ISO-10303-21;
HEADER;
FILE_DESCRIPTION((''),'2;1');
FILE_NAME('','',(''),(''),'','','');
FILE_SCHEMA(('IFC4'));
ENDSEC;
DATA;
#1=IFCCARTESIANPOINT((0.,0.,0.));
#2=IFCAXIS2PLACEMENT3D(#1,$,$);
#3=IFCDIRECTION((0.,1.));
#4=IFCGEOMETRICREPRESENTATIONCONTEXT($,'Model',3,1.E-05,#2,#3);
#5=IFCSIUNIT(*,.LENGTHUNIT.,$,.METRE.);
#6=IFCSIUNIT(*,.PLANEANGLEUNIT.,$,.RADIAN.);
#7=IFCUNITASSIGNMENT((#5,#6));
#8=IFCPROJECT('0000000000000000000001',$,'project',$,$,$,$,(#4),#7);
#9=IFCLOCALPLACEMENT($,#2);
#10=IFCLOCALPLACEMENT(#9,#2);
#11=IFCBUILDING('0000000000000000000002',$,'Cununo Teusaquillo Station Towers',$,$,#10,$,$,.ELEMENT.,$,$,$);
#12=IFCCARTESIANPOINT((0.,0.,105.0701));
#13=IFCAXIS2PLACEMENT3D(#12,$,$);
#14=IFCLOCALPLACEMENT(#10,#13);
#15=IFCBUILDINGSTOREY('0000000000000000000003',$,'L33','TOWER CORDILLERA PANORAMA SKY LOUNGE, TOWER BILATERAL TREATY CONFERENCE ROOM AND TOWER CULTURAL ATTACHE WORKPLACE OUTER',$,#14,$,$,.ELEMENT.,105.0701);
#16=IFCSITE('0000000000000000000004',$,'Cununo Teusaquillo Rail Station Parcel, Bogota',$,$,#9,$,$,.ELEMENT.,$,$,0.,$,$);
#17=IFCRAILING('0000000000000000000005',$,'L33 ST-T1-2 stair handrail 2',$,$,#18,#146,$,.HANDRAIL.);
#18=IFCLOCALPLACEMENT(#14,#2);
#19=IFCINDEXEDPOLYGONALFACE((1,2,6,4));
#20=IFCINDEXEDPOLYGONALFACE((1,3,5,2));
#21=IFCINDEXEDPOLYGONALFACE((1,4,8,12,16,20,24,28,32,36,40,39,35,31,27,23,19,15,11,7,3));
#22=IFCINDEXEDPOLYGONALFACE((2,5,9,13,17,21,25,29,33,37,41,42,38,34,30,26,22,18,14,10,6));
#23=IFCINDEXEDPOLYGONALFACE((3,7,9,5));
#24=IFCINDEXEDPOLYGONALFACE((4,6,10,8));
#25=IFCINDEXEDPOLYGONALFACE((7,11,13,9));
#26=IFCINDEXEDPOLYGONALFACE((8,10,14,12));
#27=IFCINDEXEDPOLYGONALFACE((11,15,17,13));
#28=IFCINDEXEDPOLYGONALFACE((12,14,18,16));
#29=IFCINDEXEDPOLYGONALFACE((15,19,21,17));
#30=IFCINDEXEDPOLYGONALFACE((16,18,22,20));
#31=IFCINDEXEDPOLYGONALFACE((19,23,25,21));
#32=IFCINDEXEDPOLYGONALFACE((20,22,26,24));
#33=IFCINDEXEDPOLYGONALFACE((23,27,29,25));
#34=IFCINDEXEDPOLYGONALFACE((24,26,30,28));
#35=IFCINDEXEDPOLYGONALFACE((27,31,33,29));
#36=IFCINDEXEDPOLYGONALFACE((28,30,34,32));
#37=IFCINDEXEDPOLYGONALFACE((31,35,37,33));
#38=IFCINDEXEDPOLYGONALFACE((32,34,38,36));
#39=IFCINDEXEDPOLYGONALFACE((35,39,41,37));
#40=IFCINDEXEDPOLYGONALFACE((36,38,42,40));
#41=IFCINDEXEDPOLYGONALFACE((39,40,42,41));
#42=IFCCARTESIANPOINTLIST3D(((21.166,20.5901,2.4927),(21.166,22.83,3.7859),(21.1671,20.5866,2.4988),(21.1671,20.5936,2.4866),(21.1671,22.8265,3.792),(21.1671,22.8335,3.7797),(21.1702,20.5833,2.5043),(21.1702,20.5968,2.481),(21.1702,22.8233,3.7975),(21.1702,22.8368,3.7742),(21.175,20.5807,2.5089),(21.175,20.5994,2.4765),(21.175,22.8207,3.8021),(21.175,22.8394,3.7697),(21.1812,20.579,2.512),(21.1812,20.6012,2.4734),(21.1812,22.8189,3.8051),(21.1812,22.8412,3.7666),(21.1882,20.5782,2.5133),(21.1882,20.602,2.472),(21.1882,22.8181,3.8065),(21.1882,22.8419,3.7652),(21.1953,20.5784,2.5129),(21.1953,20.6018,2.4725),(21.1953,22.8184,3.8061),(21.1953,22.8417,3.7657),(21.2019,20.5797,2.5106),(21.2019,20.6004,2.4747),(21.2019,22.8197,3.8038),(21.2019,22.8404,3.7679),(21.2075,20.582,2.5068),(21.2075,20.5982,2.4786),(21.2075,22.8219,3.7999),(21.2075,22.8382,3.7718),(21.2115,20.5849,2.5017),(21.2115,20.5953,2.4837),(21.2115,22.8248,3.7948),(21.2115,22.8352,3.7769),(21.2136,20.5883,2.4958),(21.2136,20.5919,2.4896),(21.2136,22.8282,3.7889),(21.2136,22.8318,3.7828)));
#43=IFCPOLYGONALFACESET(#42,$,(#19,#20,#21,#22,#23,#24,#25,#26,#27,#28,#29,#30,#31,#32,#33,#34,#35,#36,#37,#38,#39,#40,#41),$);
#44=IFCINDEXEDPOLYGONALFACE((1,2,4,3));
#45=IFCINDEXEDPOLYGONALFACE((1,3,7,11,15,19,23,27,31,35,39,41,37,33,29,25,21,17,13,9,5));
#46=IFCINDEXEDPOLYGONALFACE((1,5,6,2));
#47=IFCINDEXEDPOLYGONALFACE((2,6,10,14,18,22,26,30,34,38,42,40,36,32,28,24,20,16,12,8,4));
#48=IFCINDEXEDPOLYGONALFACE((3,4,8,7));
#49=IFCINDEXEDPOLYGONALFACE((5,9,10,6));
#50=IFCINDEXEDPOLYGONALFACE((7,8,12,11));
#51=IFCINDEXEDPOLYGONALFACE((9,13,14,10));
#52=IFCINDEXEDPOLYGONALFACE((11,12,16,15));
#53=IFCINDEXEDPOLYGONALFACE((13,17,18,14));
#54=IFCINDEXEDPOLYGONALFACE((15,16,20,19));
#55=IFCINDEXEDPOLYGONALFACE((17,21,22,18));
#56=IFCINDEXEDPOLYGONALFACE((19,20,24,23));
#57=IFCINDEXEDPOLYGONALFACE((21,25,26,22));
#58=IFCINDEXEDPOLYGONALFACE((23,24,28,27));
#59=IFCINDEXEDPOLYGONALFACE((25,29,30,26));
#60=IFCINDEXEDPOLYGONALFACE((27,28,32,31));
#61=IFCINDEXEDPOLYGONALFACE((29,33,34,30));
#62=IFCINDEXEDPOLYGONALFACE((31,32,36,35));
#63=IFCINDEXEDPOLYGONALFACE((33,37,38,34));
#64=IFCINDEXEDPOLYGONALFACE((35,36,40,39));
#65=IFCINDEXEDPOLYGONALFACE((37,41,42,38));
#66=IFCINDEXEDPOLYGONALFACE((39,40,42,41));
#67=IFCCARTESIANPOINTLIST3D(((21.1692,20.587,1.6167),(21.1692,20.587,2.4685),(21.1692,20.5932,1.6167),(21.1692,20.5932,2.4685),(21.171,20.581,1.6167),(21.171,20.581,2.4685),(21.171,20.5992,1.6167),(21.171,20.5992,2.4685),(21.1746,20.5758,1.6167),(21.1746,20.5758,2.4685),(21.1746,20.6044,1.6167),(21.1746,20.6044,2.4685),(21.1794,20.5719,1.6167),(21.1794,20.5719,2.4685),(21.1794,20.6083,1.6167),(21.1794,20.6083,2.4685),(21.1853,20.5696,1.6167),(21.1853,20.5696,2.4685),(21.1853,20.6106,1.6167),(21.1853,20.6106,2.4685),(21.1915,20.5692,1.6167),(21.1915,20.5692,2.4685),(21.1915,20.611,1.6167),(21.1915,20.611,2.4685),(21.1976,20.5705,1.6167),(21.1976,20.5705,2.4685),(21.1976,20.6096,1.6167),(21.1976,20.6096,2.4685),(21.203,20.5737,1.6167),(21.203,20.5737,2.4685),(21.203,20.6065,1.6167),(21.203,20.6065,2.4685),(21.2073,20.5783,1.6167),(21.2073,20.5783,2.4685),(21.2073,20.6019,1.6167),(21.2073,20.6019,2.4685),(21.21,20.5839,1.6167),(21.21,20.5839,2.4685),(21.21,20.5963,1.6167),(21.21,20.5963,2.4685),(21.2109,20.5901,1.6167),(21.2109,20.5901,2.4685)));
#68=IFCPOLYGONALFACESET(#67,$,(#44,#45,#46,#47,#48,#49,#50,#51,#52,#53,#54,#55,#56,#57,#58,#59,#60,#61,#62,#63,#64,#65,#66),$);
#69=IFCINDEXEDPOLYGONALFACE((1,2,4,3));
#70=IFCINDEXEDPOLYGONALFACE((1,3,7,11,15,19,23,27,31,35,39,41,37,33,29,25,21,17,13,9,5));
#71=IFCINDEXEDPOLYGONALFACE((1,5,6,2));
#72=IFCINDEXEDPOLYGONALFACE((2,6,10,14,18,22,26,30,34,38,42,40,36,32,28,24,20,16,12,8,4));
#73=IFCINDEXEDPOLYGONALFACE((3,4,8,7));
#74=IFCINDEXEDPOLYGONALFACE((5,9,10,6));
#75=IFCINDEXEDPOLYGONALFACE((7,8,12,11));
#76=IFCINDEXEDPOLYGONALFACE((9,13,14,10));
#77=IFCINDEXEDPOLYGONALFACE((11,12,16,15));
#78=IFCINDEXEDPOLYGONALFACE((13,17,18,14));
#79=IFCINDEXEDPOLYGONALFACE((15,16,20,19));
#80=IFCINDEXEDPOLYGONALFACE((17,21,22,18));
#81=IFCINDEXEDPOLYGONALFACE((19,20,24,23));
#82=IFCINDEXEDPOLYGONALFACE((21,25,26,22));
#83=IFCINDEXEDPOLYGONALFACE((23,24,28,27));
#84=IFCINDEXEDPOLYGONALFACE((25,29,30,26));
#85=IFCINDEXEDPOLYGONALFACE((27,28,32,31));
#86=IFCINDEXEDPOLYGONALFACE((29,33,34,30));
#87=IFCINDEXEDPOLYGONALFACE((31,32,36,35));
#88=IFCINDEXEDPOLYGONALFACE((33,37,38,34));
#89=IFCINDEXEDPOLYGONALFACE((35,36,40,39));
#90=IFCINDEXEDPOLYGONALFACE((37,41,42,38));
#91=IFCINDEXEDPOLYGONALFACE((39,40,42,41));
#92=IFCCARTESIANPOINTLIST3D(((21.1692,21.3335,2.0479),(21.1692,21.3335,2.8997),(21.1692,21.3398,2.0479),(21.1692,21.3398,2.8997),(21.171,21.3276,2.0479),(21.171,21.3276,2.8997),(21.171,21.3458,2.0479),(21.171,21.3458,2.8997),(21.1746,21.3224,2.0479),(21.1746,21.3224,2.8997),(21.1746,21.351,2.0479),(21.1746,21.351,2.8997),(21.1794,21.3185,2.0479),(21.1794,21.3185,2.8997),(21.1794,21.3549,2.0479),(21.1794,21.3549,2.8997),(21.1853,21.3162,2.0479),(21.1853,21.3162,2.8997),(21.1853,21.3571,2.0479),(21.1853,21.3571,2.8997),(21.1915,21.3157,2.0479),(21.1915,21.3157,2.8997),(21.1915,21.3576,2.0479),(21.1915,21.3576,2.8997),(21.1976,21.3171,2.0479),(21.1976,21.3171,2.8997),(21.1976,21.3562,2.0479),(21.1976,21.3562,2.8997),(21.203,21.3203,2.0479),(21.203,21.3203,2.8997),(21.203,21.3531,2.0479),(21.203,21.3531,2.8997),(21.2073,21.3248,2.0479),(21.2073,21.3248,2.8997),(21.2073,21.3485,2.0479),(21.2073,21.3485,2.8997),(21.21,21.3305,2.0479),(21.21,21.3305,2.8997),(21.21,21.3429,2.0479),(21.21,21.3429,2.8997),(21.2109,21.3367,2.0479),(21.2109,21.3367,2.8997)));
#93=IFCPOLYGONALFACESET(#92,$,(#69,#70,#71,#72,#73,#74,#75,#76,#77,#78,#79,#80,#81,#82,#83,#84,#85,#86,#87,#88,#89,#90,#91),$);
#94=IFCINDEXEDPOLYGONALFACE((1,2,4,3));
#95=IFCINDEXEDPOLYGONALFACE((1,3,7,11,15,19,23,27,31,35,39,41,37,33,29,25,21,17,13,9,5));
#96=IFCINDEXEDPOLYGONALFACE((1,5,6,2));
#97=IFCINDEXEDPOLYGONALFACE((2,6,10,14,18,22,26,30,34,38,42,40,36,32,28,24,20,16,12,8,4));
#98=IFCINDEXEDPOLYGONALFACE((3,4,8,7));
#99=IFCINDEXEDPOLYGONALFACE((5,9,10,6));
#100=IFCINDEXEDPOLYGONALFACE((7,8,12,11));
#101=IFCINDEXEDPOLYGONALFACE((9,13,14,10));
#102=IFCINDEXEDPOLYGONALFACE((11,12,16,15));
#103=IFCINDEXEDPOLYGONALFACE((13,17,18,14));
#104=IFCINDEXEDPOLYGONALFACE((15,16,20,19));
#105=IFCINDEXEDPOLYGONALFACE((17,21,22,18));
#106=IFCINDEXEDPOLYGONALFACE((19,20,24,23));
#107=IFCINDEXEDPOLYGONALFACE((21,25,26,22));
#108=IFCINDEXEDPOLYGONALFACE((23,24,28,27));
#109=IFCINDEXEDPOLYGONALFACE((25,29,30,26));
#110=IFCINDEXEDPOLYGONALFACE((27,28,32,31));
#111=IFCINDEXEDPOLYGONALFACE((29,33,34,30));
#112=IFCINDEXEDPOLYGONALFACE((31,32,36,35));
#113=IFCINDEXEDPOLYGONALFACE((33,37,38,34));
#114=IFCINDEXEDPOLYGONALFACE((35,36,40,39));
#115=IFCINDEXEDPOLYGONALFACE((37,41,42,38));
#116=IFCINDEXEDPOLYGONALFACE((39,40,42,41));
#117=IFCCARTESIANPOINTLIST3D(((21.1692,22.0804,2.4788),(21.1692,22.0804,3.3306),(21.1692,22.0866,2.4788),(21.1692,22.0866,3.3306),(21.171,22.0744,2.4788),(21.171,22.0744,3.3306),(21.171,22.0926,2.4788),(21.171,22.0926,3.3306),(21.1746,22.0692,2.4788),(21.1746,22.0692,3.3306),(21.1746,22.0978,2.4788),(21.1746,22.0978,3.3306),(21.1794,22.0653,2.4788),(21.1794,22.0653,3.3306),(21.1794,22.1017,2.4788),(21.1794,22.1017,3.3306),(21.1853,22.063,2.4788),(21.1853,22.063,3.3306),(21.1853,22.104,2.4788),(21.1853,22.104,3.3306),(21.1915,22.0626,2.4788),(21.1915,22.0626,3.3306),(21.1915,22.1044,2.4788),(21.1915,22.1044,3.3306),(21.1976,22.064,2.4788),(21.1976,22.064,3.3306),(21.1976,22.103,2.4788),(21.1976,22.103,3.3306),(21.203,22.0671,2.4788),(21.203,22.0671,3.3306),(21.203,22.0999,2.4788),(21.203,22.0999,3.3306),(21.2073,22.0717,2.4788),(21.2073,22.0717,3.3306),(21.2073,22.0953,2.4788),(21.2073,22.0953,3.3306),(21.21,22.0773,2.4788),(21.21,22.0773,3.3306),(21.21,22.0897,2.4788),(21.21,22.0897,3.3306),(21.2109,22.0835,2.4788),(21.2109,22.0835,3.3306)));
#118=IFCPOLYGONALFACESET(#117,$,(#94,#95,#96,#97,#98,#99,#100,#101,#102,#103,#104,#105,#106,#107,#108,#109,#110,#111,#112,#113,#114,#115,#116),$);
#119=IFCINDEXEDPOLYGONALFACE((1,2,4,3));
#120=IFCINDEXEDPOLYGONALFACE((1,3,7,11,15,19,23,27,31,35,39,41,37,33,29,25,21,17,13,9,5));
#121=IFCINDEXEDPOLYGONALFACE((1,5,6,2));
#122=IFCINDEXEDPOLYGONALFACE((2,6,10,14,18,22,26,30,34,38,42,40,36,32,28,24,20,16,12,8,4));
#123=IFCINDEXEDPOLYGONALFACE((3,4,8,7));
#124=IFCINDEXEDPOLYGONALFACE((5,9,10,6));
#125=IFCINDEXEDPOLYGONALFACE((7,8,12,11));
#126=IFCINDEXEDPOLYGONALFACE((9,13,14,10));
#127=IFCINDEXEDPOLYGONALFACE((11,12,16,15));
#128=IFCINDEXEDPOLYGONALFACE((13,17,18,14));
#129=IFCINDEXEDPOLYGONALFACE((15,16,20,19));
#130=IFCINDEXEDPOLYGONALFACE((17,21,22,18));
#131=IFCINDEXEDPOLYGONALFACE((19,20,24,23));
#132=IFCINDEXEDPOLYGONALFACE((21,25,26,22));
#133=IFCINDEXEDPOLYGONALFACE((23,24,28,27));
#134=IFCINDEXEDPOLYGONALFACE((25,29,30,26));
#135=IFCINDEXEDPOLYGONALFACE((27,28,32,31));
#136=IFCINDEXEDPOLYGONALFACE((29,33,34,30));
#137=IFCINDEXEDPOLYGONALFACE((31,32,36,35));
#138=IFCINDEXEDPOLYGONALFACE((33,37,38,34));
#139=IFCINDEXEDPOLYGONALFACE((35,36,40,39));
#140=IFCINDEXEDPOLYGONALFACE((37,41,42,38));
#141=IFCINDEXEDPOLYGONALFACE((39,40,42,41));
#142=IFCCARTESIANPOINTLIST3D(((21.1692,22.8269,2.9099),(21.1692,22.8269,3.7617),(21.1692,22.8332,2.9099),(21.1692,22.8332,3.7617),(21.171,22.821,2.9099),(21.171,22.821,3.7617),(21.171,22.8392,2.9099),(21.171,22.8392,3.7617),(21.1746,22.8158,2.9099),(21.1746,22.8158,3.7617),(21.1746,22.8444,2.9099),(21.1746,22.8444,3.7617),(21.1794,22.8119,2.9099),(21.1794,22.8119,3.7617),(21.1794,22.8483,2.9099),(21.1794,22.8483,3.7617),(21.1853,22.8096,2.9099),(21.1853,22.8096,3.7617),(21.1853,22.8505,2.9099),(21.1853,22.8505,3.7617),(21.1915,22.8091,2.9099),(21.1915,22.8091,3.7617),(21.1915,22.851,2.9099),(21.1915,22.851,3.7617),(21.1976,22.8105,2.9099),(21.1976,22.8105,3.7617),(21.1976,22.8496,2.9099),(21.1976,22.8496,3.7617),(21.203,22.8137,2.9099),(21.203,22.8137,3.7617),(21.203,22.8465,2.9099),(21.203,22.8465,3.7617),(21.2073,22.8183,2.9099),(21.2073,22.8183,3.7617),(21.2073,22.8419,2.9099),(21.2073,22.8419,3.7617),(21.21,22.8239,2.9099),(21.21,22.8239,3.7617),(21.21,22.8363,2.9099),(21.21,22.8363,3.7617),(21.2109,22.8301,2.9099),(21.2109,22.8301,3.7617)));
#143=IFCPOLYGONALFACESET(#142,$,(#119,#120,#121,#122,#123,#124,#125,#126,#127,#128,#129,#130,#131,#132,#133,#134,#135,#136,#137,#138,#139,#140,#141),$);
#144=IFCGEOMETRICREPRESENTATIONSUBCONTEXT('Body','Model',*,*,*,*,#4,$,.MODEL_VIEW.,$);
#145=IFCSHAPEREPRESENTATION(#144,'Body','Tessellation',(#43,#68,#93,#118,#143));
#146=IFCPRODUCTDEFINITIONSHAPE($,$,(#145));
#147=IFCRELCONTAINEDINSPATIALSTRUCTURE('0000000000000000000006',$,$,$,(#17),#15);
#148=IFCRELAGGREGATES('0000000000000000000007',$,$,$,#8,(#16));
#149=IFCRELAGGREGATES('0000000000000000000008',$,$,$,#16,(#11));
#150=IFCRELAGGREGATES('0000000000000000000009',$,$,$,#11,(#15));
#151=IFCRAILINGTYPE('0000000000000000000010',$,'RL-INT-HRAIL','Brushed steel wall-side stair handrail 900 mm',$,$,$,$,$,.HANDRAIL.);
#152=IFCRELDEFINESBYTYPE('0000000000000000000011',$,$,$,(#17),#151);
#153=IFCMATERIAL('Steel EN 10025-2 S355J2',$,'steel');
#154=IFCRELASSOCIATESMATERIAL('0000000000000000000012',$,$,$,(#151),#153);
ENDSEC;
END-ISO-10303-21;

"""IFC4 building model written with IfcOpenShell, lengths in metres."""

from ifc_helpers import new_model, si_unit, direction, frame, origin, origin_2d, place, context, subcontext, project, spatial, circle, extrude, material, type_object, element, save


model = new_model("IFC4")

# Units and contexts
model_context = context("Model", 3, precision=1e-05, world=origin(), true_north=direction((0.0, 1.0)))
body_context = subcontext(model_context, "Body", "Model", "MODEL_VIEW")
ifc_project = project(units=[si_unit("LENGTHUNIT", "METRE"), si_unit("PLANEANGLEUNIT", "RADIAN")], contexts=[model_context])

# Site, building, storey
site_placement = place(None, origin())
site = spatial("IfcSite", under=ifc_project, at=site_placement, Name="Cununo Teusaquillo Rail Station Parcel, Bogota", CompositionType="ELEMENT", RefElevation=0.0)
building_placement = place(site_placement, origin())
building = spatial("IfcBuilding", under=site, at=building_placement, Name="Cununo Teusaquillo Station Towers", CompositionType="ELEMENT")
storey_placement = place(building_placement, frame((0.0, 0.0, 105.0701)))
storey = spatial("IfcBuildingStorey", under=building, at=storey_placement, Name="L33", Description="TOWER CORDILLERA PANORAMA SKY LOUNGE, TOWER BILATERAL TREATY CONFERENCE ROOM AND TOWER CULTURAL ATTACHE WORKPLACE OUTER", CompositionType="ELEMENT", Elevation=105.0701)

# Railing
ifc_material_1 = material(Name="Steel EN 10025-2 S355J2", Category="steel")
railing_type_1 = type_object("IfcRailingType", Name="RL-INT-HRAIL", Description="Brushed steel wall-side stair handrail 900 mm", PredefinedType="HANDRAIL", material=ifc_material_1)
railing_1_placement = place(storey_placement, frame((21.1899, 20.5901, 1.6167)))
element("IfcRailing", 1, at=railing_1_placement, inside=storey, type_object=railing_type_1, Name="L33 ST-T1-2 stair handrail 2", PredefinedType="HANDRAIL", context=body_context, shape_type="SweptSolid", body=[
    extrude(circle(Radius=0.0239, at=origin_2d()), frame((0.0, 0.0, 0.876), z_axis=(0.0, 0.866033, 0.499987), x_axis=(-1.0, 0.0, 0.0)), (0.0, 0.0, 1.0), 2.5864),
    extrude(circle(Radius=0.021, at=origin_2d()), origin(), (0.0, 0.0, 1.0), 0.8518),
    extrude(circle(Radius=0.021, at=origin_2d()), frame((0.0, 0.7466, 0.4312)), (0.0, 0.0, 1.0), 0.8518),
    extrude(circle(Radius=0.021, at=origin_2d()), frame((0.0, 1.4934, 0.8621)), (0.0, 0.0, 1.0), 0.8518),
    extrude(circle(Radius=0.021, at=origin_2d()), frame((0.0, 2.24, 1.2932)), (0.0, 0.0, 1.0), 0.8518),
])

save(model, "model.ifc")
